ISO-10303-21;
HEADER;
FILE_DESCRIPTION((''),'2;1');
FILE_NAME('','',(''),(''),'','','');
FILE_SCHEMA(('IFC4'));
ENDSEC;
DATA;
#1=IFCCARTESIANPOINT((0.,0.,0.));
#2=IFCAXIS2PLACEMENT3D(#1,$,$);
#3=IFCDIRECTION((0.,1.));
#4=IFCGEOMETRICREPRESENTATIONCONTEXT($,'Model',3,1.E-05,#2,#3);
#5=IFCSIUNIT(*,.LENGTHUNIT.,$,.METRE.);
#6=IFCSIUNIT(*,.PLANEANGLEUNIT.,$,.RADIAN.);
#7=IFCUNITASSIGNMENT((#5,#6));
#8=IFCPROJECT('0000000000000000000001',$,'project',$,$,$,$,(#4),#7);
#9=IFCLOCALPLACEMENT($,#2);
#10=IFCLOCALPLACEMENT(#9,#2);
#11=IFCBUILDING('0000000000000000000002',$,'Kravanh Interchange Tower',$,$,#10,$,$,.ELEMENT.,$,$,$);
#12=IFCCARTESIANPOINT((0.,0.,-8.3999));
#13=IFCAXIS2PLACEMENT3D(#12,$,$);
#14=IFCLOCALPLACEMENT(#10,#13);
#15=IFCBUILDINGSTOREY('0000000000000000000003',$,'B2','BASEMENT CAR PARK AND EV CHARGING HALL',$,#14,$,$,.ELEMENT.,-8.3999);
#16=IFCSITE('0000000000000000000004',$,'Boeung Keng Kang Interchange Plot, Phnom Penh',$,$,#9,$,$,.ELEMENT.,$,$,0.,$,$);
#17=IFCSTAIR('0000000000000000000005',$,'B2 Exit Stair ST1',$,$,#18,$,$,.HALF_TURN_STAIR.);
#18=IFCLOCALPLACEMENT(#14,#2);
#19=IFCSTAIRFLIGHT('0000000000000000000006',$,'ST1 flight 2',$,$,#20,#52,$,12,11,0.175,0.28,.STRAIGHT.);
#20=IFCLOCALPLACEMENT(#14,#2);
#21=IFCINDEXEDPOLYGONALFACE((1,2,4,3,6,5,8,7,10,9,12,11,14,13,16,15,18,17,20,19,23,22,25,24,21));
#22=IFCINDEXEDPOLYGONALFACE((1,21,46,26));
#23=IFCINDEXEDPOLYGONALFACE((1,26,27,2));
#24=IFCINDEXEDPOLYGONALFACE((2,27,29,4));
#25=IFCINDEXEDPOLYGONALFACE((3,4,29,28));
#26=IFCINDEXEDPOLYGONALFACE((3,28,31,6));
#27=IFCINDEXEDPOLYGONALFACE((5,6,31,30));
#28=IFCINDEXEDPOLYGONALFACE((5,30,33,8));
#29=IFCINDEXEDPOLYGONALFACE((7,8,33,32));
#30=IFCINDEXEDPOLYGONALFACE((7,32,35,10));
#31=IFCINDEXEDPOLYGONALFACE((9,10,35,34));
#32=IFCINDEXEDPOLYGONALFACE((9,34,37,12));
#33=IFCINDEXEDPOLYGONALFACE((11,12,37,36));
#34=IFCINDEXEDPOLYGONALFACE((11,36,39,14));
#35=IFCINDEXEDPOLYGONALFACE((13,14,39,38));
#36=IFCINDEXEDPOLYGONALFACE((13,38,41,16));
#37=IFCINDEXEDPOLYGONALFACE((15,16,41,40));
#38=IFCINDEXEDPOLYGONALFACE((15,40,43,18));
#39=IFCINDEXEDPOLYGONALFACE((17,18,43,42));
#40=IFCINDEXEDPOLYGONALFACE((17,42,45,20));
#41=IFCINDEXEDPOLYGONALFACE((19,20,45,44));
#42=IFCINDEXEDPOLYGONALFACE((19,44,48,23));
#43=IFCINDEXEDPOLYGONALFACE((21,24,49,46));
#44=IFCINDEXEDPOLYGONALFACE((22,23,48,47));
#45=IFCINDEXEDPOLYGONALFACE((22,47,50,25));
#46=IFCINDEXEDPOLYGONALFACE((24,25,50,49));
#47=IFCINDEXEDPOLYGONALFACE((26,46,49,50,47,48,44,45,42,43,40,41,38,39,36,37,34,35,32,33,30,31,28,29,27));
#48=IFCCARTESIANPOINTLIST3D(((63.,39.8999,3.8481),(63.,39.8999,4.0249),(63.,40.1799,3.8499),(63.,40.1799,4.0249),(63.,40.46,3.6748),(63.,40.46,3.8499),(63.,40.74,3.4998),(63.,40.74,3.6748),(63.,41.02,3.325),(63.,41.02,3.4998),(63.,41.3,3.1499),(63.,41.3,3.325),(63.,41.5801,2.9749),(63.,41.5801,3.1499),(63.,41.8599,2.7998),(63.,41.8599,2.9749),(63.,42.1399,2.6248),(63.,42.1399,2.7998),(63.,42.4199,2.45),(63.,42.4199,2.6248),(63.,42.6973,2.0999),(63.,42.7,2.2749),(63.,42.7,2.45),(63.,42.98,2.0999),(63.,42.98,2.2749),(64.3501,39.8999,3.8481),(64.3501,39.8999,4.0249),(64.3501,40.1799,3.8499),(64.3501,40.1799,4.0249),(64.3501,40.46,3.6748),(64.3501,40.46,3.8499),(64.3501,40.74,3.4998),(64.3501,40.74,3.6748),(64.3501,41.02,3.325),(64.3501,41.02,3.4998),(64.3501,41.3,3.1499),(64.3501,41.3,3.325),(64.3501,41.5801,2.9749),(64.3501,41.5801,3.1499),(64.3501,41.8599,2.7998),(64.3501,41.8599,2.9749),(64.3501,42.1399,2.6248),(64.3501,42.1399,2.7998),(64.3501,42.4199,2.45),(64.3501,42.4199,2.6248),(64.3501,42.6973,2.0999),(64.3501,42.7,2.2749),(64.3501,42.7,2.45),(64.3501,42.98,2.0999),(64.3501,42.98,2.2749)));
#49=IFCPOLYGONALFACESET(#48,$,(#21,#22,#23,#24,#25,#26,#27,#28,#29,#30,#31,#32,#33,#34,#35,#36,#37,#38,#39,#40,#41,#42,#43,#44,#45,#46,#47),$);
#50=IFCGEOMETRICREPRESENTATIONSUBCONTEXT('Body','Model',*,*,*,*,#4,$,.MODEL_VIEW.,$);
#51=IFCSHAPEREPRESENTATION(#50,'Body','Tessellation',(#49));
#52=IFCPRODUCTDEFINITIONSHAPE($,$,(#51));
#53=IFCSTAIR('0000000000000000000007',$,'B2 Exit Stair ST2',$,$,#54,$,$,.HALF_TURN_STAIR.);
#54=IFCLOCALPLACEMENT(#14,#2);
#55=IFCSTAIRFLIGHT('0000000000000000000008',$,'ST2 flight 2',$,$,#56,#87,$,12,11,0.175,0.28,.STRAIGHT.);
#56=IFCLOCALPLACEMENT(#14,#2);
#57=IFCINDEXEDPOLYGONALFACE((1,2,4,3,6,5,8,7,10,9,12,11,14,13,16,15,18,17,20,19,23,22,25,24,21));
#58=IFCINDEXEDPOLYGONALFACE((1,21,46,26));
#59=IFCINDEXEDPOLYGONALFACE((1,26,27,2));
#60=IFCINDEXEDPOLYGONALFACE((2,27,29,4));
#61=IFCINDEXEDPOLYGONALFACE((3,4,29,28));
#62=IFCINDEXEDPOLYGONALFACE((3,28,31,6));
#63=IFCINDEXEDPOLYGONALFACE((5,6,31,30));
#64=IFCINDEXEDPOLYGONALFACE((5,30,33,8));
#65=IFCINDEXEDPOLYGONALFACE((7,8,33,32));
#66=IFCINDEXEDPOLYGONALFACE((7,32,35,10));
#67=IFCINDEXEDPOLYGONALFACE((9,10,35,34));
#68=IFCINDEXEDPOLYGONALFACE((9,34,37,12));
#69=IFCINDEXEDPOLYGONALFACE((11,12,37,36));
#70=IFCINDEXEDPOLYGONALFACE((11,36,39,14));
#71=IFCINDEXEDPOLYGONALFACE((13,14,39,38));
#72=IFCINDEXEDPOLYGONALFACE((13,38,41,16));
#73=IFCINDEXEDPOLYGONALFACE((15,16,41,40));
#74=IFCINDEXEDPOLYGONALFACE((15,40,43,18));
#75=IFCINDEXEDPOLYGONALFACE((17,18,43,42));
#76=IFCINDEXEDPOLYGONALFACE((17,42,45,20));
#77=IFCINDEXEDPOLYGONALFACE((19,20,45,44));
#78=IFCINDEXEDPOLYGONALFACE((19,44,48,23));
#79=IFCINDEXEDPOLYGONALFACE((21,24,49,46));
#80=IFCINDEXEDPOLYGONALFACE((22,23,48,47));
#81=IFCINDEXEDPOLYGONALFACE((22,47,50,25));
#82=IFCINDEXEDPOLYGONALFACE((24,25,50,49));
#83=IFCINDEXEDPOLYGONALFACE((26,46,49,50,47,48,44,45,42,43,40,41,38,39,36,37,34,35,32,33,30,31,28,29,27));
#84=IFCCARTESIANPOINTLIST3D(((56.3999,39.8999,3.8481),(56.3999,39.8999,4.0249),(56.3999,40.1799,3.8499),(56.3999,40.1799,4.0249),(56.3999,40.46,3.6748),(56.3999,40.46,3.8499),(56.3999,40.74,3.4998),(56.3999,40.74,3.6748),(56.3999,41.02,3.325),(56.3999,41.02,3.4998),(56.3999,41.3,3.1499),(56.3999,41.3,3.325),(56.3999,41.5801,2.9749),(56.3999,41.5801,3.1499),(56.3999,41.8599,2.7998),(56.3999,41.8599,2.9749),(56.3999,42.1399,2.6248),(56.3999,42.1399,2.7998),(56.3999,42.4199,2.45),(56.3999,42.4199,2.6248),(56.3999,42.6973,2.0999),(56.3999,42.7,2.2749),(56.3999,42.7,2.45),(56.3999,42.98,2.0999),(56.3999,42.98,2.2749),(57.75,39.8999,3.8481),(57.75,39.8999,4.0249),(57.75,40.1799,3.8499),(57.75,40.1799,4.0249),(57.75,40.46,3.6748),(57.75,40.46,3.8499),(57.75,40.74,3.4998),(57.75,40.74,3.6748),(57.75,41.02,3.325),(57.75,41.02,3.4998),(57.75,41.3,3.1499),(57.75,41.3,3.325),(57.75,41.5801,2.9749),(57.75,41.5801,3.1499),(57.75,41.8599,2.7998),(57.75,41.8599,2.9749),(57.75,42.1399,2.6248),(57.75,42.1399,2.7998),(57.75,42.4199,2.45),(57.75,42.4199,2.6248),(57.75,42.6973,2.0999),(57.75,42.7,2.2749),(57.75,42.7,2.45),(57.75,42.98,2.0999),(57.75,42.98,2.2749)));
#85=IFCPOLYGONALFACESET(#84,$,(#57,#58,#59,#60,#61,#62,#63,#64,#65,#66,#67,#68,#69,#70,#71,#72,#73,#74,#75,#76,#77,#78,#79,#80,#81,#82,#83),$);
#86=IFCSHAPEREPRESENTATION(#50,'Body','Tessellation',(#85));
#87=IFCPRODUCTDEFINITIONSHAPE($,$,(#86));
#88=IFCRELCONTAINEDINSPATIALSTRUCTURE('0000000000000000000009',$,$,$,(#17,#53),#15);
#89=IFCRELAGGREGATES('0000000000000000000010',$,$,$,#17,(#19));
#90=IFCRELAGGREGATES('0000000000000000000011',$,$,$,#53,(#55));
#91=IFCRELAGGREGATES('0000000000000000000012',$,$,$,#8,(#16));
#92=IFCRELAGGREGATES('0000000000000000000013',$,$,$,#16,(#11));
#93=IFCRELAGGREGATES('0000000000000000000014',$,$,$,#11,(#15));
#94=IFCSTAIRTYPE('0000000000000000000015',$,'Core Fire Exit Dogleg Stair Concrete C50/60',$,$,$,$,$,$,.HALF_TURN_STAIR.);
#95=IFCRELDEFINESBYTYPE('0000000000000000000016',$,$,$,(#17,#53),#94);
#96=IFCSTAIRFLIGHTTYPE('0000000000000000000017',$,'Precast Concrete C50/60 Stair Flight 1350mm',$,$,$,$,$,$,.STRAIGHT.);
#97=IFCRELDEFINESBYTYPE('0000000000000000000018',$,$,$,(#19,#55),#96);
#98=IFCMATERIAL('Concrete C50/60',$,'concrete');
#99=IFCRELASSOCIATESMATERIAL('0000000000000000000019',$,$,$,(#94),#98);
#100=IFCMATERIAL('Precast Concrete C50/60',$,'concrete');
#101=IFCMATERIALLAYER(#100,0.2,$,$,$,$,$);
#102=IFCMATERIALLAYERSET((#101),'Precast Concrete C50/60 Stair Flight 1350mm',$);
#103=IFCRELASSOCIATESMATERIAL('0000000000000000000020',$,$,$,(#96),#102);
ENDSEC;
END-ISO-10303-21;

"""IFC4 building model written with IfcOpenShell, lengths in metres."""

from ifc_helpers import new_model, si_unit, direction, frame, origin, place, context, subcontext, project, spatial, polyline, outline, extrude, material, layer, layer_set, type_object, element, aggregate, save


model = new_model("IFC4")

# Units and contexts
model_context = context("Model", 3, precision=1e-05, world=origin(), true_north=direction((0.0, 1.0)))
body_context = subcontext(model_context, "Body", "Model", "MODEL_VIEW")
ifc_project = project(units=[si_unit("LENGTHUNIT", "METRE"), si_unit("PLANEANGLEUNIT", "RADIAN")], contexts=[model_context])

# Site, building, storey
site_placement = place(None, origin())
site = spatial("IfcSite", under=ifc_project, at=site_placement, Name="Boeung Keng Kang Interchange Plot, Phnom Penh", CompositionType="ELEMENT", RefElevation=0.0)
building_placement = place(site_placement, origin())
building = spatial("IfcBuilding", under=site, at=building_placement, Name="Kravanh Interchange Tower", CompositionType="ELEMENT")
storey_placement = place(building_placement, frame((0.0, 0.0, -8.3999)))
storey = spatial("IfcBuildingStorey", under=building, at=storey_placement, Name="B2", Description="BASEMENT CAR PARK AND EV CHARGING HALL", CompositionType="ELEMENT", Elevation=-8.3999)

# Stair, stair flight
ifc_material_1 = material(Name="Concrete C50/60", Category="concrete")
stair_type = type_object("IfcStairType", Name="Core Fire Exit Dogleg Stair Concrete C50/60", PredefinedType="HALF_TURN_STAIR", material=ifc_material_1)
stair_1_placement = place(storey_placement, origin())
stair_1 = element("IfcStair", 1, at=stair_1_placement, inside=storey, type_object=stair_type, Name="B2 Exit Stair ST1", PredefinedType="HALF_TURN_STAIR")
ifc_material_2 = material(Name="Precast Concrete C50/60", Category="concrete")
ifc_layer_1 = layer(ifc_material_2, 0.2)
ifc_layer_set_1 = layer_set([ifc_layer_1], Name="Precast Concrete C50/60 Stair Flight 1350mm")
stair_flight_type = type_object("IfcStairFlightType", Name="Precast Concrete C50/60 Stair Flight 1350mm", PredefinedType="STRAIGHT", material=ifc_layer_set_1)
stair_flight_1_placement = place(storey_placement, frame((63.675, 42.98, 2.0999), z_axis=(0.0, 0.0, 1.0), x_axis=(0.0, -1.0, 0.0)))
stair_flight_1 = element("IfcStairFlight", 2, at=stair_flight_1_placement, type_object=stair_flight_type, Name="ST1 flight 2", NumberOfRisers=12, NumberOfTreads=11, PredefinedType="STRAIGHT", RiserHeight=0.175, TreadLength=0.28, context=body_context, shape_type="SweptSolid", body=[
    extrude(outline(polyline([(0.0, 0.0), (0.0, 0.175), (0.28, 0.175), (0.28, 0.3501), (0.5601, 0.3501), (0.5601, 0.5249), (0.8401, 0.5249), (0.8401, 0.7), (1.1201, 0.7), (1.1201, 0.875), (1.3999, 0.875), (1.3999, 1.05), (1.6799, 1.05), (1.6799, 1.2251), (1.96, 1.2251), (1.96, 1.3999), (2.24, 1.3999), (2.24, 1.575), (2.52, 1.575), (2.52, 1.75), (2.8, 1.75), (2.8, 1.925), (3.0801, 1.925), (3.0801, 2.1001), (3.0801, 1.7483), (0.2827, 0.0), (0.0, 0.0)])), frame((0.0, 0.675, 0.0), z_axis=(0.0, -1.0, 0.0), x_axis=(1.0, 0.0, 0.0)), (0.0, 0.0, 1.0), 1.3501),
])
aggregate(stair_1, [stair_flight_1])

# Stair, stair flight
stair_2_placement = place(storey_placement, origin())
stair_2 = element("IfcStair", 3, at=stair_2_placement, inside=storey, type_object=stair_type, Name="B2 Exit Stair ST2", PredefinedType="HALF_TURN_STAIR")
stair_flight_2_placement = place(storey_placement, frame((57.075, 42.98, 2.0999), z_axis=(0.0, 0.0, 1.0), x_axis=(0.0, -1.0, 0.0)))
stair_flight_2 = element("IfcStairFlight", 4, at=stair_flight_2_placement, type_object=stair_flight_type, Name="ST2 flight 2", NumberOfRisers=12, NumberOfTreads=11, PredefinedType="STRAIGHT", RiserHeight=0.175, TreadLength=0.28, context=body_context, shape_type="SweptSolid", body=[
    extrude(outline(polyline([(0.0, 0.0), (0.0, 0.175), (0.28, 0.175), (0.28, 0.3501), (0.5601, 0.3501), (0.5601, 0.5249), (0.8401, 0.5249), (0.8401, 0.7), (1.1201, 0.7), (1.1201, 0.875), (1.3999, 0.875), (1.3999, 1.05), (1.6799, 1.05), (1.6799, 1.2251), (1.96, 1.2251), (1.96, 1.3999), (2.24, 1.3999), (2.24, 1.575), (2.52, 1.575), (2.52, 1.75), (2.8, 1.75), (2.8, 1.925), (3.0801, 1.925), (3.0801, 2.1001), (3.0801, 1.7483), (0.2827, 0.0), (0.0, 0.0)])), frame((0.0, 0.675, 0.0), z_axis=(0.0, -1.0, 0.0), x_axis=(1.0, 0.0, 0.0)), (0.0, 0.0, 1.0), 1.3501),
])
aggregate(stair_2, [stair_flight_2])

save(model, "model.ifc")
